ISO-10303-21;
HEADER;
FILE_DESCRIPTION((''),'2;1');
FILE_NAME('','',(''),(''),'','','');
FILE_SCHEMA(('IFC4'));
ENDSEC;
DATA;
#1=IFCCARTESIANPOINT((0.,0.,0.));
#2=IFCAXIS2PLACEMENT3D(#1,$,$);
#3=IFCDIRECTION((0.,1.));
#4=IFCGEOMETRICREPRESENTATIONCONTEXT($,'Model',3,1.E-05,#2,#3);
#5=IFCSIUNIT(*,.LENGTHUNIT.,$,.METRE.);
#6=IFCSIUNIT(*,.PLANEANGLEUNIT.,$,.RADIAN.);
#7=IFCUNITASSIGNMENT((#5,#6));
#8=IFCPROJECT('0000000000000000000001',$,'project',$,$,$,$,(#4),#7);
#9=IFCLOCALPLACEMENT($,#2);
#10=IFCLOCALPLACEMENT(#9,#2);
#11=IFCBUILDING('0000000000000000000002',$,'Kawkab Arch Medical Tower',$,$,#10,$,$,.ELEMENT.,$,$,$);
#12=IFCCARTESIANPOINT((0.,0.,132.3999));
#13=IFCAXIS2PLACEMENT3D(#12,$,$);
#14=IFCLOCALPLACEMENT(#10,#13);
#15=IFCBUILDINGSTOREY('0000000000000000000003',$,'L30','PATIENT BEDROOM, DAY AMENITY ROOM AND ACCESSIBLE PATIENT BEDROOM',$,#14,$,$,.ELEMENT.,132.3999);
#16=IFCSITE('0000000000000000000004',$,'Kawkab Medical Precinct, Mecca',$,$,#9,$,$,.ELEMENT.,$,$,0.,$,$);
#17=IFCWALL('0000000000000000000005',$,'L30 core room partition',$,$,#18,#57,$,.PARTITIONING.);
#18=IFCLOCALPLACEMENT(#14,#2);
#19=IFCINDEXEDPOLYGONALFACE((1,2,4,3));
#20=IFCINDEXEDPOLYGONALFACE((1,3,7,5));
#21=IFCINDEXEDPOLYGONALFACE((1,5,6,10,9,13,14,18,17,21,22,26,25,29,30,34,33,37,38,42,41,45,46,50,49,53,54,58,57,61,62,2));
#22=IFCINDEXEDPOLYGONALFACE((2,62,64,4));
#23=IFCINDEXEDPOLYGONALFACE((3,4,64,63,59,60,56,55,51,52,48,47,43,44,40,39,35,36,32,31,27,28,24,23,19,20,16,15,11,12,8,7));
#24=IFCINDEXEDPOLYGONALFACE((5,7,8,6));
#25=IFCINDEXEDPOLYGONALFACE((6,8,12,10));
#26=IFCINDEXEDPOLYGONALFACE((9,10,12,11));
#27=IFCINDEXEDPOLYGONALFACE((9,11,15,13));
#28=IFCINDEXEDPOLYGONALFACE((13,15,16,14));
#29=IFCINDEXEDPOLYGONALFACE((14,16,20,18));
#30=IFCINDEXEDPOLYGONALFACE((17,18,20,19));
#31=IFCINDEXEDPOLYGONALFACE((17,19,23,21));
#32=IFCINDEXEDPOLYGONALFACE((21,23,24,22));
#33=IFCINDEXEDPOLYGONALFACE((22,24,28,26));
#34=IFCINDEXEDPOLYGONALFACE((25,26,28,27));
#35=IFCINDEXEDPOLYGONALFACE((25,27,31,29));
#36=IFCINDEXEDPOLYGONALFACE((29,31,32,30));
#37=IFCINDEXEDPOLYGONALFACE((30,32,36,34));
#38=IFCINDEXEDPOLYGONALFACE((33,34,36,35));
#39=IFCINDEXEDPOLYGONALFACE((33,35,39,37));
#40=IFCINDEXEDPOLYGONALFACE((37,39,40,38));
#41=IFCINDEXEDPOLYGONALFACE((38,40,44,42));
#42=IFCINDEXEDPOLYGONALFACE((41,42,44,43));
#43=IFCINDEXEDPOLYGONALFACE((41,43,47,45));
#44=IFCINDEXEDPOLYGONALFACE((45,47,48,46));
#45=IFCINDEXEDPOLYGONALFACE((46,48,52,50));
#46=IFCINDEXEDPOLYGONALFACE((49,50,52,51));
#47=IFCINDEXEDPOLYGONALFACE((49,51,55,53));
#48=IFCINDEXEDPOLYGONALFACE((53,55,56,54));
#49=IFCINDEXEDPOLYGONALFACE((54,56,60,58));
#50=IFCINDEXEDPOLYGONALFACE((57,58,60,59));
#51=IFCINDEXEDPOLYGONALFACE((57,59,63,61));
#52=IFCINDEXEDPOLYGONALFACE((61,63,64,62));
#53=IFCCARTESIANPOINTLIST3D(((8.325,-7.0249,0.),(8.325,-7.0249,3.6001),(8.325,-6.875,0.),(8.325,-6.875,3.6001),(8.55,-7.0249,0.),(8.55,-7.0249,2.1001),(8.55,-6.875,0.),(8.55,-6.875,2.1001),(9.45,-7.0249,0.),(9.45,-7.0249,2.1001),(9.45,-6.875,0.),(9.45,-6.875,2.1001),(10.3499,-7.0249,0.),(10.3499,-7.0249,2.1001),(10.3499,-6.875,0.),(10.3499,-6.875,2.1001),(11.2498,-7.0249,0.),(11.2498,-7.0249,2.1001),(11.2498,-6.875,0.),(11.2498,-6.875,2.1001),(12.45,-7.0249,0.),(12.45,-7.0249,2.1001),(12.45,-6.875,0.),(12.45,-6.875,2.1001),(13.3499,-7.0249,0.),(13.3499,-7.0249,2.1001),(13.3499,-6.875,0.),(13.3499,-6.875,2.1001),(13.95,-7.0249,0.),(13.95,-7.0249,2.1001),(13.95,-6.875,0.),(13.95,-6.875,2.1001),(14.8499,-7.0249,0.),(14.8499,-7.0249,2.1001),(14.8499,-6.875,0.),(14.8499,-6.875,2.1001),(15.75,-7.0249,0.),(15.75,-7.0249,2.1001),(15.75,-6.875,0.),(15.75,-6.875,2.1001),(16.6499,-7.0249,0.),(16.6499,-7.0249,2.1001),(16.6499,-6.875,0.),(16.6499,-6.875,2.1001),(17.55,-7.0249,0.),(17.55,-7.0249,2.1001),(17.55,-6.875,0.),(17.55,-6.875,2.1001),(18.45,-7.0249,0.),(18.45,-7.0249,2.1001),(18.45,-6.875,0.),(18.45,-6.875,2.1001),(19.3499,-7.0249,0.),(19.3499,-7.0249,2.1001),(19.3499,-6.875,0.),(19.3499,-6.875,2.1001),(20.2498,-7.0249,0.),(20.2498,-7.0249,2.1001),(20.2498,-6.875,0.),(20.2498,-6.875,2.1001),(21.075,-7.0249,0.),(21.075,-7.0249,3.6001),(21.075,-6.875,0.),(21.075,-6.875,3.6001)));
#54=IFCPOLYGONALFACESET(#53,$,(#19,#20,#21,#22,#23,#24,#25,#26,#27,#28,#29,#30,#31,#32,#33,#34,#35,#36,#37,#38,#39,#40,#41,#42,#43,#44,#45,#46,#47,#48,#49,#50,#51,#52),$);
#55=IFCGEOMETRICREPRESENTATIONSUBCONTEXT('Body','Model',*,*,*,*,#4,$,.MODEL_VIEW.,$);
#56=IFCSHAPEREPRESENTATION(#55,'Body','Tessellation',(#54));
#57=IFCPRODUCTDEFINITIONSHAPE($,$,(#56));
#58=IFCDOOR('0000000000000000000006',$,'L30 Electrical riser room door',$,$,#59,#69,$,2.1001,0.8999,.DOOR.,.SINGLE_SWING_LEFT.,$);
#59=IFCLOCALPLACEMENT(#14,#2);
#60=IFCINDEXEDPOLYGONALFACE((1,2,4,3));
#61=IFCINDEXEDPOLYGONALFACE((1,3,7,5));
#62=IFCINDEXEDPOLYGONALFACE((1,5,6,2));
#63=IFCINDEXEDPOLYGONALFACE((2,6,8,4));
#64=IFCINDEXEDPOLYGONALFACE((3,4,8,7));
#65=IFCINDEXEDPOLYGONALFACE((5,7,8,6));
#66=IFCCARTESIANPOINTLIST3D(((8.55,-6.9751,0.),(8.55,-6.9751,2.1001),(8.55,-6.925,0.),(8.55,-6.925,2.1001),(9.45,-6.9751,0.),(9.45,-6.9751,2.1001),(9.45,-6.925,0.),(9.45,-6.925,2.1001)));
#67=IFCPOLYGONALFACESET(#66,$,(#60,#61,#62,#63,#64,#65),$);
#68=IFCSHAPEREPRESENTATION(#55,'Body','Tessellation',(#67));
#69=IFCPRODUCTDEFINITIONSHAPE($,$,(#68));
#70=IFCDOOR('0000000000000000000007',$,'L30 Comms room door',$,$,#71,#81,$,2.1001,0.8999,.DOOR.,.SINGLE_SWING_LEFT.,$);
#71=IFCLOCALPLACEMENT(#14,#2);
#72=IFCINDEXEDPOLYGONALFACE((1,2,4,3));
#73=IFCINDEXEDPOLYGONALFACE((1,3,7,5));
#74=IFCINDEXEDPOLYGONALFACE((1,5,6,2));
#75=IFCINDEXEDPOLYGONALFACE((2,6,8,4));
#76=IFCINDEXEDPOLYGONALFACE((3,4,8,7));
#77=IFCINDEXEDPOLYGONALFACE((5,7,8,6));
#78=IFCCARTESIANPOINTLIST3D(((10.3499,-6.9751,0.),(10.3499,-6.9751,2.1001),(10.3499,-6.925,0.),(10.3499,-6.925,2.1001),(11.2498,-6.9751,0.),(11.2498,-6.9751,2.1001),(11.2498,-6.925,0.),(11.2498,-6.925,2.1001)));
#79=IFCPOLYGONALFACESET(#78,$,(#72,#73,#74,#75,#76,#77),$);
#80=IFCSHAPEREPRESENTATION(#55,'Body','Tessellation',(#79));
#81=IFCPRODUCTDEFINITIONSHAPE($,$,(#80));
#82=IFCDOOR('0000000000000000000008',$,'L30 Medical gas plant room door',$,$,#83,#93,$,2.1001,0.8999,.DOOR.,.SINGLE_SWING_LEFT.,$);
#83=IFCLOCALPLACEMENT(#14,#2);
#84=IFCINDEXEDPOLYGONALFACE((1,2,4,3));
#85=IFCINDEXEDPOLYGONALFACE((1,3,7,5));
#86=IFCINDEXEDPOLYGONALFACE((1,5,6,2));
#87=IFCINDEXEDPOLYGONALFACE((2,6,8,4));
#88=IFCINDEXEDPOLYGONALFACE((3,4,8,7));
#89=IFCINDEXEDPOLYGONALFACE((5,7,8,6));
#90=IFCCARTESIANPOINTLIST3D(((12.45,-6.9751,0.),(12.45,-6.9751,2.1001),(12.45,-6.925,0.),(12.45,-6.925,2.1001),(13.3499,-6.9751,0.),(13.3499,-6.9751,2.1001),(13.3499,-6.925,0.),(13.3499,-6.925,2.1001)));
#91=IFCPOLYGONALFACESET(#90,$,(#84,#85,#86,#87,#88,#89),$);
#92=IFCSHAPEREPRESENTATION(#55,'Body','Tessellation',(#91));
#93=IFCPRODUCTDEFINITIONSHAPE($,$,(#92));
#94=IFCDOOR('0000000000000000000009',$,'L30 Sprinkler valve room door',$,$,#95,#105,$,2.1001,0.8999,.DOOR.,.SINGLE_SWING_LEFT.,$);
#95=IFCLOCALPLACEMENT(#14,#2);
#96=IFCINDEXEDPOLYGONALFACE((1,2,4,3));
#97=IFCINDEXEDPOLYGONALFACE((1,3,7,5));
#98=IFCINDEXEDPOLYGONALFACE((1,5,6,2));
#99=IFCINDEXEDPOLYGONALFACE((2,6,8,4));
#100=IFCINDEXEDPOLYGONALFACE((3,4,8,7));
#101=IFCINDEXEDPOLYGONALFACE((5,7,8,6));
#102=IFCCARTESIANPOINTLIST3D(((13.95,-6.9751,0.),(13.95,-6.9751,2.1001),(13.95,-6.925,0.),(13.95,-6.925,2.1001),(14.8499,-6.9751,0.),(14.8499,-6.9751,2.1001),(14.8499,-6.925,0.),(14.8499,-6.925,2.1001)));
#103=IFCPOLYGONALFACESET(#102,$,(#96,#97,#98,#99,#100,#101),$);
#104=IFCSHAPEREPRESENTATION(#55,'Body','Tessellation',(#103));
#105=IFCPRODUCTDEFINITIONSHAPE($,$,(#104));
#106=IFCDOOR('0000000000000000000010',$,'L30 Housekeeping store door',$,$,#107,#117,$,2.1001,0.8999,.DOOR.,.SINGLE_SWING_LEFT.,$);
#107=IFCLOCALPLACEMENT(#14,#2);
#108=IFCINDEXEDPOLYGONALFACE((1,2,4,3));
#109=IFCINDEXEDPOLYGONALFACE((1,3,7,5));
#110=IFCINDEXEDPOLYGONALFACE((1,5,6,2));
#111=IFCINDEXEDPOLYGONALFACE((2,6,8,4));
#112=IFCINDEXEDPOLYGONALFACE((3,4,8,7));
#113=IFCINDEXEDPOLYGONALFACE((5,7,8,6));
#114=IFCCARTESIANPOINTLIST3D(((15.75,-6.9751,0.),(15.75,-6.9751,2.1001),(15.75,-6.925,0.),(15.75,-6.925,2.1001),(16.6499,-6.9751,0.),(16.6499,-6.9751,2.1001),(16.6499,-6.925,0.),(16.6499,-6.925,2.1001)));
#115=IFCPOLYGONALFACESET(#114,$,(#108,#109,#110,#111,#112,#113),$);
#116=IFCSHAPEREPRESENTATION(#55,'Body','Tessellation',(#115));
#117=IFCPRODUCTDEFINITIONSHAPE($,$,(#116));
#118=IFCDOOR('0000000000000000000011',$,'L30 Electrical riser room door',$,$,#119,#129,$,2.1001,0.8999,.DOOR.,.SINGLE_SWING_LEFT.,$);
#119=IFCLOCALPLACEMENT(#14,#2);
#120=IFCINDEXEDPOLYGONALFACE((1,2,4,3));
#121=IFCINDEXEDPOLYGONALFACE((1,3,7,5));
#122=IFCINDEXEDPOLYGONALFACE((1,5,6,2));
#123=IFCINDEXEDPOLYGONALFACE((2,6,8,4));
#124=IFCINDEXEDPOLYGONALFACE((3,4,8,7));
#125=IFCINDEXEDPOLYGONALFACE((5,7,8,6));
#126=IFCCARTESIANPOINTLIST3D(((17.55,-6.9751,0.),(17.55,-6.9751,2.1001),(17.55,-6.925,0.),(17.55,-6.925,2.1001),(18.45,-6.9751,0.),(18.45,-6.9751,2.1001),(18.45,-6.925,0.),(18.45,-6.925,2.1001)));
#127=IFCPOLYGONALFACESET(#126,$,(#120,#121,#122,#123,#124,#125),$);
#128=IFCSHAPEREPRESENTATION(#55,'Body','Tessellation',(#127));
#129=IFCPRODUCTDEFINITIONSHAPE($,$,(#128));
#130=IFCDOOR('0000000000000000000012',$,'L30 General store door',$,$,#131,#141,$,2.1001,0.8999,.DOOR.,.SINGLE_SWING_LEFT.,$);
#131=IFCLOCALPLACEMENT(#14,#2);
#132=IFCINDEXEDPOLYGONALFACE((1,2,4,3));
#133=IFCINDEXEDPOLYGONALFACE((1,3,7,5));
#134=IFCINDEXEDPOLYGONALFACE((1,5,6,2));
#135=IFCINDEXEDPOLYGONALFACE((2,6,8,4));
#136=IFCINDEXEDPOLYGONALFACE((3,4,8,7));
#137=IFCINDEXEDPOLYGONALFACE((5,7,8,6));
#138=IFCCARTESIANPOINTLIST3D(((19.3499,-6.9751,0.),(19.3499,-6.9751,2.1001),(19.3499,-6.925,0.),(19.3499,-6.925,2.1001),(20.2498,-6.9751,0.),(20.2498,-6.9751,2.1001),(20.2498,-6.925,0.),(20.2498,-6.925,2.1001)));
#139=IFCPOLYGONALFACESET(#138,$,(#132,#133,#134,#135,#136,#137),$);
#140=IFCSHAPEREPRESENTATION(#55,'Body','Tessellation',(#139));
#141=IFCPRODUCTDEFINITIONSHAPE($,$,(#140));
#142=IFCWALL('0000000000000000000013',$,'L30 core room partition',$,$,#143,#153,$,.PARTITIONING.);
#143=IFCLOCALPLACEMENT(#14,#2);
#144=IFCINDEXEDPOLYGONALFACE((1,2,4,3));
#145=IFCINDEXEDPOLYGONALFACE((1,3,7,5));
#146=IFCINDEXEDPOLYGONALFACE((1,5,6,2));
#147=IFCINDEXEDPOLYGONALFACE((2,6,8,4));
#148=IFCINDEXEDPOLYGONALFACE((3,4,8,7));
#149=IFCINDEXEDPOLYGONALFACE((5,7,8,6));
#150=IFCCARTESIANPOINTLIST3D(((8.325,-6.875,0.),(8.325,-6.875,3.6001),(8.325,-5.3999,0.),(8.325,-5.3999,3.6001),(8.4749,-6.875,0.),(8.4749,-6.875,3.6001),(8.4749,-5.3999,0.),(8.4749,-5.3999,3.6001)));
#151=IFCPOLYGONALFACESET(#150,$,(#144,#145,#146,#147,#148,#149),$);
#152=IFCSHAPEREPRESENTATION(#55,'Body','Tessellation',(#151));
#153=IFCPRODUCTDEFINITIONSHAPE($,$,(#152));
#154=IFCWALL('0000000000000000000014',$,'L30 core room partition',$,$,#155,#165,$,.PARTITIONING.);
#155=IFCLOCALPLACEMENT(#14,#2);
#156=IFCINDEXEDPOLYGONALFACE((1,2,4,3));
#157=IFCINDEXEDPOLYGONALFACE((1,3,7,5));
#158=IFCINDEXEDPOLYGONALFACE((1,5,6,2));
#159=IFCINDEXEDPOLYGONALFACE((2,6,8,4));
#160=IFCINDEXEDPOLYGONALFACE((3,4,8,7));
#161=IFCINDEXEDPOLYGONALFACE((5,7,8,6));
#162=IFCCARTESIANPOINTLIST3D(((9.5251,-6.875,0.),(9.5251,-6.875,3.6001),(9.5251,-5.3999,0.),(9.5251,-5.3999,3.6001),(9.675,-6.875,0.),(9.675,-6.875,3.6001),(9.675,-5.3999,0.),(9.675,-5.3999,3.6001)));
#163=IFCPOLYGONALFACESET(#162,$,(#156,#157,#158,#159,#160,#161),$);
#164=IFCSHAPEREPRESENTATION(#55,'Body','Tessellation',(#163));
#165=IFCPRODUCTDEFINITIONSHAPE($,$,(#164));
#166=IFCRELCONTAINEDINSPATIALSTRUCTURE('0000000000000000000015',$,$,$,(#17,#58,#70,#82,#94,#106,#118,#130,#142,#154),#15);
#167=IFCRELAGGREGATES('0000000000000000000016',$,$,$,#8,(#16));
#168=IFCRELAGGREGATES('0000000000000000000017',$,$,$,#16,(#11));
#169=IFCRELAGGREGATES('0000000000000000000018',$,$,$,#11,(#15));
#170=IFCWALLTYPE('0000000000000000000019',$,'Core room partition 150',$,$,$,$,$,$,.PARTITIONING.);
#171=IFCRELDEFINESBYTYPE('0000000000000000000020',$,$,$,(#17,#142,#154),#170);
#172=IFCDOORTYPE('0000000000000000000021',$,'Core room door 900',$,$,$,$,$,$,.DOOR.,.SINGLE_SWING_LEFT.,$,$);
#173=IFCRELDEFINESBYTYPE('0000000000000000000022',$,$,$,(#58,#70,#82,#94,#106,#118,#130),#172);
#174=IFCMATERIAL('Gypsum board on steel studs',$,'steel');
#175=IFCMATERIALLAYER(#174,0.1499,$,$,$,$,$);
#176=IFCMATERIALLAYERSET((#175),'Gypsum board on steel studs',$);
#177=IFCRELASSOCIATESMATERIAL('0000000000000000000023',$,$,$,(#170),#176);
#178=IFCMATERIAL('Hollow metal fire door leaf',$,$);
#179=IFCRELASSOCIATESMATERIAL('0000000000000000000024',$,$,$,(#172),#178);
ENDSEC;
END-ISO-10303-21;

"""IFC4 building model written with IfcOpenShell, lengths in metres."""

from ifc_helpers import new_model, si_unit, direction, frame, frame_2d, origin, place, context, subcontext, project, spatial, rectangle, extrude, material, layer, layer_set, type_object, element, fill, save


model = new_model("IFC4")

# Units and contexts
model_context = context("Model", 3, precision=1e-05, world=origin(), true_north=direction((0.0, 1.0)))
body_context = subcontext(model_context, "Body", "Model", "MODEL_VIEW")
ifc_project = project(units=[si_unit("LENGTHUNIT", "METRE"), si_unit("PLANEANGLEUNIT", "RADIAN")], contexts=[model_context])

# Site, building, storey
site_placement = place(None, origin())
site = spatial("IfcSite", under=ifc_project, at=site_placement, Name="Kawkab Medical Precinct, Mecca", CompositionType="ELEMENT", RefElevation=0.0)
building_placement = place(site_placement, origin())
building = spatial("IfcBuilding", under=site, at=building_placement, Name="Kawkab Arch Medical Tower", CompositionType="ELEMENT")
storey_placement = place(building_placement, frame((0.0, 0.0, 132.3999)))
storey = spatial("IfcBuildingStorey", under=building, at=storey_placement, Name="L30", Description="PATIENT BEDROOM, DAY AMENITY ROOM AND ACCESSIBLE PATIENT BEDROOM", CompositionType="ELEMENT", Elevation=132.3999)

# Wall, openings, doors
ifc_material_1 = material(Name="Gypsum board on steel studs", Category="steel")
ifc_layer_1 = layer(ifc_material_1, 0.1499)
ifc_layer_set_1 = layer_set([ifc_layer_1], Name="Gypsum board on steel studs")
wall_type_1 = type_object("IfcWallType", Name="Core room partition 150", PredefinedType="PARTITIONING", material=ifc_layer_set_1)
wall_1_placement = place(storey_placement, frame((8.325, -6.95, 0.0), z_axis=(0.0, 0.0, 1.0), x_axis=(1.0, 0.0, 0.0)))
wall_1 = element("IfcWall", 1, at=wall_1_placement, inside=storey, type_object=wall_type_1, Name="L30 core room partition", PredefinedType="PARTITIONING", context=body_context, shape_type="SweptSolid", body=[
    extrude(rectangle(XDim=12.75, YDim=0.1499, at=frame_2d((6.375, 0.0))), origin(), (0.0, 0.0, 1.0), 3.6001),
])
opening_1_placement = place(wall_1_placement, frame((0.2251, 0.0, 0.0)))
opening_1 = element("IfcOpeningElement", 2, at=opening_1_placement, cuts=wall_1, PredefinedType="OPENING", context=body_context, shape_type="SweptSolid", body=[
    extrude(rectangle(XDim=0.8999, YDim=2.1001, at=frame_2d((0.45, 1.05))), frame((0.0, 0.085, 0.0), z_axis=(0.0, -1.0, 0.0), x_axis=(1.0, 0.0, 0.0)), (0.0, 0.0, 1.0), 0.1699),
])
opening_2_placement = place(wall_1_placement, frame((2.0249, 0.0, 0.0)))
opening_2 = element("IfcOpeningElement", 3, at=opening_2_placement, cuts=wall_1, PredefinedType="OPENING", context=body_context, shape_type="SweptSolid", body=[
    extrude(rectangle(XDim=0.8999, YDim=2.1001, at=frame_2d((0.45, 1.05))), frame((0.0, 0.085, 0.0), z_axis=(0.0, -1.0, 0.0), x_axis=(1.0, 0.0, 0.0)), (0.0, 0.0, 1.0), 0.1699),
])
opening_3_placement = place(wall_1_placement, frame((4.125, 0.0, 0.0)))
opening_3 = element("IfcOpeningElement", 4, at=opening_3_placement, cuts=wall_1, PredefinedType="OPENING", context=body_context, shape_type="SweptSolid", body=[
    extrude(rectangle(XDim=0.8999, YDim=2.1001, at=frame_2d((0.45, 1.05))), frame((0.0, 0.085, 0.0), z_axis=(0.0, -1.0, 0.0), x_axis=(1.0, 0.0, 0.0)), (0.0, 0.0, 1.0), 0.1699),
])
opening_4_placement = place(wall_1_placement, frame((5.625, 0.0, 0.0)))
opening_4 = element("IfcOpeningElement", 5, at=opening_4_placement, cuts=wall_1, PredefinedType="OPENING", context=body_context, shape_type="SweptSolid", body=[
    extrude(rectangle(XDim=0.8999, YDim=2.1001, at=frame_2d((0.45, 1.05))), frame((0.0, 0.085, 0.0), z_axis=(0.0, -1.0, 0.0), x_axis=(1.0, 0.0, 0.0)), (0.0, 0.0, 1.0), 0.1699),
])
opening_5_placement = place(wall_1_placement, frame((7.425, 0.0, 0.0)))
opening_5 = element("IfcOpeningElement", 6, at=opening_5_placement, cuts=wall_1, PredefinedType="OPENING", context=body_context, shape_type="SweptSolid", body=[
    extrude(rectangle(XDim=0.8999, YDim=2.1001, at=frame_2d((0.45, 1.05))), frame((0.0, 0.085, 0.0), z_axis=(0.0, -1.0, 0.0), x_axis=(1.0, 0.0, 0.0)), (0.0, 0.0, 1.0), 0.1699),
])
opening_6_placement = place(wall_1_placement, frame((9.2251, 0.0, 0.0)))
opening_6 = element("IfcOpeningElement", 7, at=opening_6_placement, cuts=wall_1, PredefinedType="OPENING", context=body_context, shape_type="SweptSolid", body=[
    extrude(rectangle(XDim=0.8999, YDim=2.1001, at=frame_2d((0.45, 1.05))), frame((0.0, 0.085, 0.0), z_axis=(0.0, -1.0, 0.0), x_axis=(1.0, 0.0, 0.0)), (0.0, 0.0, 1.0), 0.1699),
])
opening_7_placement = place(wall_1_placement, frame((11.0249, 0.0, 0.0)))
opening_7 = element("IfcOpeningElement", 8, at=opening_7_placement, cuts=wall_1, PredefinedType="OPENING", context=body_context, shape_type="SweptSolid", body=[
    extrude(rectangle(XDim=0.8999, YDim=2.1001, at=frame_2d((0.45, 1.05))), frame((0.0, 0.085, 0.0), z_axis=(0.0, -1.0, 0.0), x_axis=(1.0, 0.0, 0.0)), (0.0, 0.0, 1.0), 0.1699),
])
ifc_material_2 = material(Name="Hollow metal fire door leaf")
door_type = type_object("IfcDoorType", Name="Core room door 900", OperationType="SINGLE_SWING_LEFT", PredefinedType="DOOR", material=ifc_material_2)
door_1_placement = place(opening_1_placement, origin())
door_1 = element("IfcDoor", 9, at=door_1_placement, inside=storey, type_object=door_type, Name="L30 Electrical riser room door", OperationType="SINGLE_SWING_LEFT", OverallHeight=2.1001, OverallWidth=0.8999, PredefinedType="DOOR", context=body_context, shape_type="SweptSolid", body=[
    extrude(rectangle(XDim=0.8999, YDim=2.1001, at=frame_2d((0.45, 1.05))), frame((0.0, 0.0249, 0.0), z_axis=(0.0, -1.0, 0.0), x_axis=(1.0, 0.0, 0.0)), (0.0, 0.0, 1.0), 0.05),
])
fill(opening_1, door_1)
door_2_placement = place(opening_2_placement, origin())
door_2 = element("IfcDoor", 10, at=door_2_placement, inside=storey, type_object=door_type, Name="L30 Comms room door", OperationType="SINGLE_SWING_LEFT", OverallHeight=2.1001, OverallWidth=0.8999, PredefinedType="DOOR", context=body_context, shape_type="SweptSolid", body=[
    extrude(rectangle(XDim=0.8999, YDim=2.1001, at=frame_2d((0.45, 1.05))), frame((0.0, 0.0249, 0.0), z_axis=(0.0, -1.0, 0.0), x_axis=(1.0, 0.0, 0.0)), (0.0, 0.0, 1.0), 0.05),
])
fill(opening_2, door_2)
door_3_placement = place(opening_3_placement, origin())
door_3 = element("IfcDoor", 11, at=door_3_placement, inside=storey, type_object=door_type, Name="L30 Medical gas plant room door", OperationType="SINGLE_SWING_LEFT", OverallHeight=2.1001, OverallWidth=0.8999, PredefinedType="DOOR", context=body_context, shape_type="SweptSolid", body=[
    extrude(rectangle(XDim=0.8999, YDim=2.1001, at=frame_2d((0.45, 1.05))), frame((0.0, 0.0249, 0.0), z_axis=(0.0, -1.0, 0.0), x_axis=(1.0, 0.0, 0.0)), (0.0, 0.0, 1.0), 0.05),
])
fill(opening_3, door_3)
door_4_placement = place(opening_4_placement, origin())
door_4 = element("IfcDoor", 12, at=door_4_placement, inside=storey, type_object=door_type, Name="L30 Sprinkler valve room door", OperationType="SINGLE_SWING_LEFT", OverallHeight=2.1001, OverallWidth=0.8999, PredefinedType="DOOR", context=body_context, shape_type="SweptSolid", body=[
    extrude(rectangle(XDim=0.8999, YDim=2.1001, at=frame_2d((0.45, 1.05))), frame((0.0, 0.0249, 0.0), z_axis=(0.0, -1.0, 0.0), x_axis=(1.0, 0.0, 0.0)), (0.0, 0.0, 1.0), 0.05),
])
fill(opening_4, door_4)
door_5_placement = place(opening_5_placement, origin())
door_5 = element("IfcDoor", 13, at=door_5_placement, inside=storey, type_object=door_type, Name="L30 Housekeeping store door", OperationType="SINGLE_SWING_LEFT", OverallHeight=2.1001, OverallWidth=0.8999, PredefinedType="DOOR", context=body_context, shape_type="SweptSolid", body=[
    extrude(rectangle(XDim=0.8999, YDim=2.1001, at=frame_2d((0.45, 1.05))), frame((0.0, 0.0249, 0.0), z_axis=(0.0, -1.0, 0.0), x_axis=(1.0, 0.0, 0.0)), (0.0, 0.0, 1.0), 0.05),
])
fill(opening_5, door_5)
door_6_placement = place(opening_6_placement, origin())
door_6 = element("IfcDoor", 14, at=door_6_placement, inside=storey, type_object=door_type, Name="L30 Electrical riser room door", OperationType="SINGLE_SWING_LEFT", OverallHeight=2.1001, OverallWidth=0.8999, PredefinedType="DOOR", context=body_context, shape_type="SweptSolid", body=[
    extrude(rectangle(XDim=0.8999, YDim=2.1001, at=frame_2d((0.45, 1.05))), frame((0.0, 0.0249, 0.0), z_axis=(0.0, -1.0, 0.0), x_axis=(1.0, 0.0, 0.0)), (0.0, 0.0, 1.0), 0.05),
])
fill(opening_6, door_6)
door_7_placement = place(opening_7_placement, origin())
door_7 = element("IfcDoor", 15, at=door_7_placement, inside=storey, type_object=door_type, Name="L30 General store door", OperationType="SINGLE_SWING_LEFT", OverallHeight=2.1001, OverallWidth=0.8999, PredefinedType="DOOR", context=body_context, shape_type="SweptSolid", body=[
    extrude(rectangle(XDim=0.8999, YDim=2.1001, at=frame_2d((0.45, 1.05))), frame((0.0, 0.0249, 0.0), z_axis=(0.0, -1.0, 0.0), x_axis=(1.0, 0.0, 0.0)), (0.0, 0.0, 1.0), 0.05),
])
fill(opening_7, door_7)

# Walls
for number, where, z_axis, x_axis, name in (
    (16, (8.3999, -6.875, 0.0), (0.0, 0.0, 1.0), (0.0, 1.0, 0.0), "L30 core room partition"),
    (17, (9.6001, -6.875, 0.0), (0.0, 0.0, 1.0), (0.0, 1.0, 0.0), "L30 core room partition"),
):
    element("IfcWall", number, at=place(storey_placement, frame(where, z_axis=z_axis, x_axis=x_axis)), inside=storey, type_object=wall_type_1, Name=name, PredefinedType="PARTITIONING", context=body_context, shape_type="SweptSolid", body=[
        extrude(rectangle(XDim=1.4751, YDim=0.1499, at=frame_2d((0.7375, 0.0))), origin(), (0.0, 0.0, 1.0), 3.6001),
    ])

save(model, "model.ifc")
